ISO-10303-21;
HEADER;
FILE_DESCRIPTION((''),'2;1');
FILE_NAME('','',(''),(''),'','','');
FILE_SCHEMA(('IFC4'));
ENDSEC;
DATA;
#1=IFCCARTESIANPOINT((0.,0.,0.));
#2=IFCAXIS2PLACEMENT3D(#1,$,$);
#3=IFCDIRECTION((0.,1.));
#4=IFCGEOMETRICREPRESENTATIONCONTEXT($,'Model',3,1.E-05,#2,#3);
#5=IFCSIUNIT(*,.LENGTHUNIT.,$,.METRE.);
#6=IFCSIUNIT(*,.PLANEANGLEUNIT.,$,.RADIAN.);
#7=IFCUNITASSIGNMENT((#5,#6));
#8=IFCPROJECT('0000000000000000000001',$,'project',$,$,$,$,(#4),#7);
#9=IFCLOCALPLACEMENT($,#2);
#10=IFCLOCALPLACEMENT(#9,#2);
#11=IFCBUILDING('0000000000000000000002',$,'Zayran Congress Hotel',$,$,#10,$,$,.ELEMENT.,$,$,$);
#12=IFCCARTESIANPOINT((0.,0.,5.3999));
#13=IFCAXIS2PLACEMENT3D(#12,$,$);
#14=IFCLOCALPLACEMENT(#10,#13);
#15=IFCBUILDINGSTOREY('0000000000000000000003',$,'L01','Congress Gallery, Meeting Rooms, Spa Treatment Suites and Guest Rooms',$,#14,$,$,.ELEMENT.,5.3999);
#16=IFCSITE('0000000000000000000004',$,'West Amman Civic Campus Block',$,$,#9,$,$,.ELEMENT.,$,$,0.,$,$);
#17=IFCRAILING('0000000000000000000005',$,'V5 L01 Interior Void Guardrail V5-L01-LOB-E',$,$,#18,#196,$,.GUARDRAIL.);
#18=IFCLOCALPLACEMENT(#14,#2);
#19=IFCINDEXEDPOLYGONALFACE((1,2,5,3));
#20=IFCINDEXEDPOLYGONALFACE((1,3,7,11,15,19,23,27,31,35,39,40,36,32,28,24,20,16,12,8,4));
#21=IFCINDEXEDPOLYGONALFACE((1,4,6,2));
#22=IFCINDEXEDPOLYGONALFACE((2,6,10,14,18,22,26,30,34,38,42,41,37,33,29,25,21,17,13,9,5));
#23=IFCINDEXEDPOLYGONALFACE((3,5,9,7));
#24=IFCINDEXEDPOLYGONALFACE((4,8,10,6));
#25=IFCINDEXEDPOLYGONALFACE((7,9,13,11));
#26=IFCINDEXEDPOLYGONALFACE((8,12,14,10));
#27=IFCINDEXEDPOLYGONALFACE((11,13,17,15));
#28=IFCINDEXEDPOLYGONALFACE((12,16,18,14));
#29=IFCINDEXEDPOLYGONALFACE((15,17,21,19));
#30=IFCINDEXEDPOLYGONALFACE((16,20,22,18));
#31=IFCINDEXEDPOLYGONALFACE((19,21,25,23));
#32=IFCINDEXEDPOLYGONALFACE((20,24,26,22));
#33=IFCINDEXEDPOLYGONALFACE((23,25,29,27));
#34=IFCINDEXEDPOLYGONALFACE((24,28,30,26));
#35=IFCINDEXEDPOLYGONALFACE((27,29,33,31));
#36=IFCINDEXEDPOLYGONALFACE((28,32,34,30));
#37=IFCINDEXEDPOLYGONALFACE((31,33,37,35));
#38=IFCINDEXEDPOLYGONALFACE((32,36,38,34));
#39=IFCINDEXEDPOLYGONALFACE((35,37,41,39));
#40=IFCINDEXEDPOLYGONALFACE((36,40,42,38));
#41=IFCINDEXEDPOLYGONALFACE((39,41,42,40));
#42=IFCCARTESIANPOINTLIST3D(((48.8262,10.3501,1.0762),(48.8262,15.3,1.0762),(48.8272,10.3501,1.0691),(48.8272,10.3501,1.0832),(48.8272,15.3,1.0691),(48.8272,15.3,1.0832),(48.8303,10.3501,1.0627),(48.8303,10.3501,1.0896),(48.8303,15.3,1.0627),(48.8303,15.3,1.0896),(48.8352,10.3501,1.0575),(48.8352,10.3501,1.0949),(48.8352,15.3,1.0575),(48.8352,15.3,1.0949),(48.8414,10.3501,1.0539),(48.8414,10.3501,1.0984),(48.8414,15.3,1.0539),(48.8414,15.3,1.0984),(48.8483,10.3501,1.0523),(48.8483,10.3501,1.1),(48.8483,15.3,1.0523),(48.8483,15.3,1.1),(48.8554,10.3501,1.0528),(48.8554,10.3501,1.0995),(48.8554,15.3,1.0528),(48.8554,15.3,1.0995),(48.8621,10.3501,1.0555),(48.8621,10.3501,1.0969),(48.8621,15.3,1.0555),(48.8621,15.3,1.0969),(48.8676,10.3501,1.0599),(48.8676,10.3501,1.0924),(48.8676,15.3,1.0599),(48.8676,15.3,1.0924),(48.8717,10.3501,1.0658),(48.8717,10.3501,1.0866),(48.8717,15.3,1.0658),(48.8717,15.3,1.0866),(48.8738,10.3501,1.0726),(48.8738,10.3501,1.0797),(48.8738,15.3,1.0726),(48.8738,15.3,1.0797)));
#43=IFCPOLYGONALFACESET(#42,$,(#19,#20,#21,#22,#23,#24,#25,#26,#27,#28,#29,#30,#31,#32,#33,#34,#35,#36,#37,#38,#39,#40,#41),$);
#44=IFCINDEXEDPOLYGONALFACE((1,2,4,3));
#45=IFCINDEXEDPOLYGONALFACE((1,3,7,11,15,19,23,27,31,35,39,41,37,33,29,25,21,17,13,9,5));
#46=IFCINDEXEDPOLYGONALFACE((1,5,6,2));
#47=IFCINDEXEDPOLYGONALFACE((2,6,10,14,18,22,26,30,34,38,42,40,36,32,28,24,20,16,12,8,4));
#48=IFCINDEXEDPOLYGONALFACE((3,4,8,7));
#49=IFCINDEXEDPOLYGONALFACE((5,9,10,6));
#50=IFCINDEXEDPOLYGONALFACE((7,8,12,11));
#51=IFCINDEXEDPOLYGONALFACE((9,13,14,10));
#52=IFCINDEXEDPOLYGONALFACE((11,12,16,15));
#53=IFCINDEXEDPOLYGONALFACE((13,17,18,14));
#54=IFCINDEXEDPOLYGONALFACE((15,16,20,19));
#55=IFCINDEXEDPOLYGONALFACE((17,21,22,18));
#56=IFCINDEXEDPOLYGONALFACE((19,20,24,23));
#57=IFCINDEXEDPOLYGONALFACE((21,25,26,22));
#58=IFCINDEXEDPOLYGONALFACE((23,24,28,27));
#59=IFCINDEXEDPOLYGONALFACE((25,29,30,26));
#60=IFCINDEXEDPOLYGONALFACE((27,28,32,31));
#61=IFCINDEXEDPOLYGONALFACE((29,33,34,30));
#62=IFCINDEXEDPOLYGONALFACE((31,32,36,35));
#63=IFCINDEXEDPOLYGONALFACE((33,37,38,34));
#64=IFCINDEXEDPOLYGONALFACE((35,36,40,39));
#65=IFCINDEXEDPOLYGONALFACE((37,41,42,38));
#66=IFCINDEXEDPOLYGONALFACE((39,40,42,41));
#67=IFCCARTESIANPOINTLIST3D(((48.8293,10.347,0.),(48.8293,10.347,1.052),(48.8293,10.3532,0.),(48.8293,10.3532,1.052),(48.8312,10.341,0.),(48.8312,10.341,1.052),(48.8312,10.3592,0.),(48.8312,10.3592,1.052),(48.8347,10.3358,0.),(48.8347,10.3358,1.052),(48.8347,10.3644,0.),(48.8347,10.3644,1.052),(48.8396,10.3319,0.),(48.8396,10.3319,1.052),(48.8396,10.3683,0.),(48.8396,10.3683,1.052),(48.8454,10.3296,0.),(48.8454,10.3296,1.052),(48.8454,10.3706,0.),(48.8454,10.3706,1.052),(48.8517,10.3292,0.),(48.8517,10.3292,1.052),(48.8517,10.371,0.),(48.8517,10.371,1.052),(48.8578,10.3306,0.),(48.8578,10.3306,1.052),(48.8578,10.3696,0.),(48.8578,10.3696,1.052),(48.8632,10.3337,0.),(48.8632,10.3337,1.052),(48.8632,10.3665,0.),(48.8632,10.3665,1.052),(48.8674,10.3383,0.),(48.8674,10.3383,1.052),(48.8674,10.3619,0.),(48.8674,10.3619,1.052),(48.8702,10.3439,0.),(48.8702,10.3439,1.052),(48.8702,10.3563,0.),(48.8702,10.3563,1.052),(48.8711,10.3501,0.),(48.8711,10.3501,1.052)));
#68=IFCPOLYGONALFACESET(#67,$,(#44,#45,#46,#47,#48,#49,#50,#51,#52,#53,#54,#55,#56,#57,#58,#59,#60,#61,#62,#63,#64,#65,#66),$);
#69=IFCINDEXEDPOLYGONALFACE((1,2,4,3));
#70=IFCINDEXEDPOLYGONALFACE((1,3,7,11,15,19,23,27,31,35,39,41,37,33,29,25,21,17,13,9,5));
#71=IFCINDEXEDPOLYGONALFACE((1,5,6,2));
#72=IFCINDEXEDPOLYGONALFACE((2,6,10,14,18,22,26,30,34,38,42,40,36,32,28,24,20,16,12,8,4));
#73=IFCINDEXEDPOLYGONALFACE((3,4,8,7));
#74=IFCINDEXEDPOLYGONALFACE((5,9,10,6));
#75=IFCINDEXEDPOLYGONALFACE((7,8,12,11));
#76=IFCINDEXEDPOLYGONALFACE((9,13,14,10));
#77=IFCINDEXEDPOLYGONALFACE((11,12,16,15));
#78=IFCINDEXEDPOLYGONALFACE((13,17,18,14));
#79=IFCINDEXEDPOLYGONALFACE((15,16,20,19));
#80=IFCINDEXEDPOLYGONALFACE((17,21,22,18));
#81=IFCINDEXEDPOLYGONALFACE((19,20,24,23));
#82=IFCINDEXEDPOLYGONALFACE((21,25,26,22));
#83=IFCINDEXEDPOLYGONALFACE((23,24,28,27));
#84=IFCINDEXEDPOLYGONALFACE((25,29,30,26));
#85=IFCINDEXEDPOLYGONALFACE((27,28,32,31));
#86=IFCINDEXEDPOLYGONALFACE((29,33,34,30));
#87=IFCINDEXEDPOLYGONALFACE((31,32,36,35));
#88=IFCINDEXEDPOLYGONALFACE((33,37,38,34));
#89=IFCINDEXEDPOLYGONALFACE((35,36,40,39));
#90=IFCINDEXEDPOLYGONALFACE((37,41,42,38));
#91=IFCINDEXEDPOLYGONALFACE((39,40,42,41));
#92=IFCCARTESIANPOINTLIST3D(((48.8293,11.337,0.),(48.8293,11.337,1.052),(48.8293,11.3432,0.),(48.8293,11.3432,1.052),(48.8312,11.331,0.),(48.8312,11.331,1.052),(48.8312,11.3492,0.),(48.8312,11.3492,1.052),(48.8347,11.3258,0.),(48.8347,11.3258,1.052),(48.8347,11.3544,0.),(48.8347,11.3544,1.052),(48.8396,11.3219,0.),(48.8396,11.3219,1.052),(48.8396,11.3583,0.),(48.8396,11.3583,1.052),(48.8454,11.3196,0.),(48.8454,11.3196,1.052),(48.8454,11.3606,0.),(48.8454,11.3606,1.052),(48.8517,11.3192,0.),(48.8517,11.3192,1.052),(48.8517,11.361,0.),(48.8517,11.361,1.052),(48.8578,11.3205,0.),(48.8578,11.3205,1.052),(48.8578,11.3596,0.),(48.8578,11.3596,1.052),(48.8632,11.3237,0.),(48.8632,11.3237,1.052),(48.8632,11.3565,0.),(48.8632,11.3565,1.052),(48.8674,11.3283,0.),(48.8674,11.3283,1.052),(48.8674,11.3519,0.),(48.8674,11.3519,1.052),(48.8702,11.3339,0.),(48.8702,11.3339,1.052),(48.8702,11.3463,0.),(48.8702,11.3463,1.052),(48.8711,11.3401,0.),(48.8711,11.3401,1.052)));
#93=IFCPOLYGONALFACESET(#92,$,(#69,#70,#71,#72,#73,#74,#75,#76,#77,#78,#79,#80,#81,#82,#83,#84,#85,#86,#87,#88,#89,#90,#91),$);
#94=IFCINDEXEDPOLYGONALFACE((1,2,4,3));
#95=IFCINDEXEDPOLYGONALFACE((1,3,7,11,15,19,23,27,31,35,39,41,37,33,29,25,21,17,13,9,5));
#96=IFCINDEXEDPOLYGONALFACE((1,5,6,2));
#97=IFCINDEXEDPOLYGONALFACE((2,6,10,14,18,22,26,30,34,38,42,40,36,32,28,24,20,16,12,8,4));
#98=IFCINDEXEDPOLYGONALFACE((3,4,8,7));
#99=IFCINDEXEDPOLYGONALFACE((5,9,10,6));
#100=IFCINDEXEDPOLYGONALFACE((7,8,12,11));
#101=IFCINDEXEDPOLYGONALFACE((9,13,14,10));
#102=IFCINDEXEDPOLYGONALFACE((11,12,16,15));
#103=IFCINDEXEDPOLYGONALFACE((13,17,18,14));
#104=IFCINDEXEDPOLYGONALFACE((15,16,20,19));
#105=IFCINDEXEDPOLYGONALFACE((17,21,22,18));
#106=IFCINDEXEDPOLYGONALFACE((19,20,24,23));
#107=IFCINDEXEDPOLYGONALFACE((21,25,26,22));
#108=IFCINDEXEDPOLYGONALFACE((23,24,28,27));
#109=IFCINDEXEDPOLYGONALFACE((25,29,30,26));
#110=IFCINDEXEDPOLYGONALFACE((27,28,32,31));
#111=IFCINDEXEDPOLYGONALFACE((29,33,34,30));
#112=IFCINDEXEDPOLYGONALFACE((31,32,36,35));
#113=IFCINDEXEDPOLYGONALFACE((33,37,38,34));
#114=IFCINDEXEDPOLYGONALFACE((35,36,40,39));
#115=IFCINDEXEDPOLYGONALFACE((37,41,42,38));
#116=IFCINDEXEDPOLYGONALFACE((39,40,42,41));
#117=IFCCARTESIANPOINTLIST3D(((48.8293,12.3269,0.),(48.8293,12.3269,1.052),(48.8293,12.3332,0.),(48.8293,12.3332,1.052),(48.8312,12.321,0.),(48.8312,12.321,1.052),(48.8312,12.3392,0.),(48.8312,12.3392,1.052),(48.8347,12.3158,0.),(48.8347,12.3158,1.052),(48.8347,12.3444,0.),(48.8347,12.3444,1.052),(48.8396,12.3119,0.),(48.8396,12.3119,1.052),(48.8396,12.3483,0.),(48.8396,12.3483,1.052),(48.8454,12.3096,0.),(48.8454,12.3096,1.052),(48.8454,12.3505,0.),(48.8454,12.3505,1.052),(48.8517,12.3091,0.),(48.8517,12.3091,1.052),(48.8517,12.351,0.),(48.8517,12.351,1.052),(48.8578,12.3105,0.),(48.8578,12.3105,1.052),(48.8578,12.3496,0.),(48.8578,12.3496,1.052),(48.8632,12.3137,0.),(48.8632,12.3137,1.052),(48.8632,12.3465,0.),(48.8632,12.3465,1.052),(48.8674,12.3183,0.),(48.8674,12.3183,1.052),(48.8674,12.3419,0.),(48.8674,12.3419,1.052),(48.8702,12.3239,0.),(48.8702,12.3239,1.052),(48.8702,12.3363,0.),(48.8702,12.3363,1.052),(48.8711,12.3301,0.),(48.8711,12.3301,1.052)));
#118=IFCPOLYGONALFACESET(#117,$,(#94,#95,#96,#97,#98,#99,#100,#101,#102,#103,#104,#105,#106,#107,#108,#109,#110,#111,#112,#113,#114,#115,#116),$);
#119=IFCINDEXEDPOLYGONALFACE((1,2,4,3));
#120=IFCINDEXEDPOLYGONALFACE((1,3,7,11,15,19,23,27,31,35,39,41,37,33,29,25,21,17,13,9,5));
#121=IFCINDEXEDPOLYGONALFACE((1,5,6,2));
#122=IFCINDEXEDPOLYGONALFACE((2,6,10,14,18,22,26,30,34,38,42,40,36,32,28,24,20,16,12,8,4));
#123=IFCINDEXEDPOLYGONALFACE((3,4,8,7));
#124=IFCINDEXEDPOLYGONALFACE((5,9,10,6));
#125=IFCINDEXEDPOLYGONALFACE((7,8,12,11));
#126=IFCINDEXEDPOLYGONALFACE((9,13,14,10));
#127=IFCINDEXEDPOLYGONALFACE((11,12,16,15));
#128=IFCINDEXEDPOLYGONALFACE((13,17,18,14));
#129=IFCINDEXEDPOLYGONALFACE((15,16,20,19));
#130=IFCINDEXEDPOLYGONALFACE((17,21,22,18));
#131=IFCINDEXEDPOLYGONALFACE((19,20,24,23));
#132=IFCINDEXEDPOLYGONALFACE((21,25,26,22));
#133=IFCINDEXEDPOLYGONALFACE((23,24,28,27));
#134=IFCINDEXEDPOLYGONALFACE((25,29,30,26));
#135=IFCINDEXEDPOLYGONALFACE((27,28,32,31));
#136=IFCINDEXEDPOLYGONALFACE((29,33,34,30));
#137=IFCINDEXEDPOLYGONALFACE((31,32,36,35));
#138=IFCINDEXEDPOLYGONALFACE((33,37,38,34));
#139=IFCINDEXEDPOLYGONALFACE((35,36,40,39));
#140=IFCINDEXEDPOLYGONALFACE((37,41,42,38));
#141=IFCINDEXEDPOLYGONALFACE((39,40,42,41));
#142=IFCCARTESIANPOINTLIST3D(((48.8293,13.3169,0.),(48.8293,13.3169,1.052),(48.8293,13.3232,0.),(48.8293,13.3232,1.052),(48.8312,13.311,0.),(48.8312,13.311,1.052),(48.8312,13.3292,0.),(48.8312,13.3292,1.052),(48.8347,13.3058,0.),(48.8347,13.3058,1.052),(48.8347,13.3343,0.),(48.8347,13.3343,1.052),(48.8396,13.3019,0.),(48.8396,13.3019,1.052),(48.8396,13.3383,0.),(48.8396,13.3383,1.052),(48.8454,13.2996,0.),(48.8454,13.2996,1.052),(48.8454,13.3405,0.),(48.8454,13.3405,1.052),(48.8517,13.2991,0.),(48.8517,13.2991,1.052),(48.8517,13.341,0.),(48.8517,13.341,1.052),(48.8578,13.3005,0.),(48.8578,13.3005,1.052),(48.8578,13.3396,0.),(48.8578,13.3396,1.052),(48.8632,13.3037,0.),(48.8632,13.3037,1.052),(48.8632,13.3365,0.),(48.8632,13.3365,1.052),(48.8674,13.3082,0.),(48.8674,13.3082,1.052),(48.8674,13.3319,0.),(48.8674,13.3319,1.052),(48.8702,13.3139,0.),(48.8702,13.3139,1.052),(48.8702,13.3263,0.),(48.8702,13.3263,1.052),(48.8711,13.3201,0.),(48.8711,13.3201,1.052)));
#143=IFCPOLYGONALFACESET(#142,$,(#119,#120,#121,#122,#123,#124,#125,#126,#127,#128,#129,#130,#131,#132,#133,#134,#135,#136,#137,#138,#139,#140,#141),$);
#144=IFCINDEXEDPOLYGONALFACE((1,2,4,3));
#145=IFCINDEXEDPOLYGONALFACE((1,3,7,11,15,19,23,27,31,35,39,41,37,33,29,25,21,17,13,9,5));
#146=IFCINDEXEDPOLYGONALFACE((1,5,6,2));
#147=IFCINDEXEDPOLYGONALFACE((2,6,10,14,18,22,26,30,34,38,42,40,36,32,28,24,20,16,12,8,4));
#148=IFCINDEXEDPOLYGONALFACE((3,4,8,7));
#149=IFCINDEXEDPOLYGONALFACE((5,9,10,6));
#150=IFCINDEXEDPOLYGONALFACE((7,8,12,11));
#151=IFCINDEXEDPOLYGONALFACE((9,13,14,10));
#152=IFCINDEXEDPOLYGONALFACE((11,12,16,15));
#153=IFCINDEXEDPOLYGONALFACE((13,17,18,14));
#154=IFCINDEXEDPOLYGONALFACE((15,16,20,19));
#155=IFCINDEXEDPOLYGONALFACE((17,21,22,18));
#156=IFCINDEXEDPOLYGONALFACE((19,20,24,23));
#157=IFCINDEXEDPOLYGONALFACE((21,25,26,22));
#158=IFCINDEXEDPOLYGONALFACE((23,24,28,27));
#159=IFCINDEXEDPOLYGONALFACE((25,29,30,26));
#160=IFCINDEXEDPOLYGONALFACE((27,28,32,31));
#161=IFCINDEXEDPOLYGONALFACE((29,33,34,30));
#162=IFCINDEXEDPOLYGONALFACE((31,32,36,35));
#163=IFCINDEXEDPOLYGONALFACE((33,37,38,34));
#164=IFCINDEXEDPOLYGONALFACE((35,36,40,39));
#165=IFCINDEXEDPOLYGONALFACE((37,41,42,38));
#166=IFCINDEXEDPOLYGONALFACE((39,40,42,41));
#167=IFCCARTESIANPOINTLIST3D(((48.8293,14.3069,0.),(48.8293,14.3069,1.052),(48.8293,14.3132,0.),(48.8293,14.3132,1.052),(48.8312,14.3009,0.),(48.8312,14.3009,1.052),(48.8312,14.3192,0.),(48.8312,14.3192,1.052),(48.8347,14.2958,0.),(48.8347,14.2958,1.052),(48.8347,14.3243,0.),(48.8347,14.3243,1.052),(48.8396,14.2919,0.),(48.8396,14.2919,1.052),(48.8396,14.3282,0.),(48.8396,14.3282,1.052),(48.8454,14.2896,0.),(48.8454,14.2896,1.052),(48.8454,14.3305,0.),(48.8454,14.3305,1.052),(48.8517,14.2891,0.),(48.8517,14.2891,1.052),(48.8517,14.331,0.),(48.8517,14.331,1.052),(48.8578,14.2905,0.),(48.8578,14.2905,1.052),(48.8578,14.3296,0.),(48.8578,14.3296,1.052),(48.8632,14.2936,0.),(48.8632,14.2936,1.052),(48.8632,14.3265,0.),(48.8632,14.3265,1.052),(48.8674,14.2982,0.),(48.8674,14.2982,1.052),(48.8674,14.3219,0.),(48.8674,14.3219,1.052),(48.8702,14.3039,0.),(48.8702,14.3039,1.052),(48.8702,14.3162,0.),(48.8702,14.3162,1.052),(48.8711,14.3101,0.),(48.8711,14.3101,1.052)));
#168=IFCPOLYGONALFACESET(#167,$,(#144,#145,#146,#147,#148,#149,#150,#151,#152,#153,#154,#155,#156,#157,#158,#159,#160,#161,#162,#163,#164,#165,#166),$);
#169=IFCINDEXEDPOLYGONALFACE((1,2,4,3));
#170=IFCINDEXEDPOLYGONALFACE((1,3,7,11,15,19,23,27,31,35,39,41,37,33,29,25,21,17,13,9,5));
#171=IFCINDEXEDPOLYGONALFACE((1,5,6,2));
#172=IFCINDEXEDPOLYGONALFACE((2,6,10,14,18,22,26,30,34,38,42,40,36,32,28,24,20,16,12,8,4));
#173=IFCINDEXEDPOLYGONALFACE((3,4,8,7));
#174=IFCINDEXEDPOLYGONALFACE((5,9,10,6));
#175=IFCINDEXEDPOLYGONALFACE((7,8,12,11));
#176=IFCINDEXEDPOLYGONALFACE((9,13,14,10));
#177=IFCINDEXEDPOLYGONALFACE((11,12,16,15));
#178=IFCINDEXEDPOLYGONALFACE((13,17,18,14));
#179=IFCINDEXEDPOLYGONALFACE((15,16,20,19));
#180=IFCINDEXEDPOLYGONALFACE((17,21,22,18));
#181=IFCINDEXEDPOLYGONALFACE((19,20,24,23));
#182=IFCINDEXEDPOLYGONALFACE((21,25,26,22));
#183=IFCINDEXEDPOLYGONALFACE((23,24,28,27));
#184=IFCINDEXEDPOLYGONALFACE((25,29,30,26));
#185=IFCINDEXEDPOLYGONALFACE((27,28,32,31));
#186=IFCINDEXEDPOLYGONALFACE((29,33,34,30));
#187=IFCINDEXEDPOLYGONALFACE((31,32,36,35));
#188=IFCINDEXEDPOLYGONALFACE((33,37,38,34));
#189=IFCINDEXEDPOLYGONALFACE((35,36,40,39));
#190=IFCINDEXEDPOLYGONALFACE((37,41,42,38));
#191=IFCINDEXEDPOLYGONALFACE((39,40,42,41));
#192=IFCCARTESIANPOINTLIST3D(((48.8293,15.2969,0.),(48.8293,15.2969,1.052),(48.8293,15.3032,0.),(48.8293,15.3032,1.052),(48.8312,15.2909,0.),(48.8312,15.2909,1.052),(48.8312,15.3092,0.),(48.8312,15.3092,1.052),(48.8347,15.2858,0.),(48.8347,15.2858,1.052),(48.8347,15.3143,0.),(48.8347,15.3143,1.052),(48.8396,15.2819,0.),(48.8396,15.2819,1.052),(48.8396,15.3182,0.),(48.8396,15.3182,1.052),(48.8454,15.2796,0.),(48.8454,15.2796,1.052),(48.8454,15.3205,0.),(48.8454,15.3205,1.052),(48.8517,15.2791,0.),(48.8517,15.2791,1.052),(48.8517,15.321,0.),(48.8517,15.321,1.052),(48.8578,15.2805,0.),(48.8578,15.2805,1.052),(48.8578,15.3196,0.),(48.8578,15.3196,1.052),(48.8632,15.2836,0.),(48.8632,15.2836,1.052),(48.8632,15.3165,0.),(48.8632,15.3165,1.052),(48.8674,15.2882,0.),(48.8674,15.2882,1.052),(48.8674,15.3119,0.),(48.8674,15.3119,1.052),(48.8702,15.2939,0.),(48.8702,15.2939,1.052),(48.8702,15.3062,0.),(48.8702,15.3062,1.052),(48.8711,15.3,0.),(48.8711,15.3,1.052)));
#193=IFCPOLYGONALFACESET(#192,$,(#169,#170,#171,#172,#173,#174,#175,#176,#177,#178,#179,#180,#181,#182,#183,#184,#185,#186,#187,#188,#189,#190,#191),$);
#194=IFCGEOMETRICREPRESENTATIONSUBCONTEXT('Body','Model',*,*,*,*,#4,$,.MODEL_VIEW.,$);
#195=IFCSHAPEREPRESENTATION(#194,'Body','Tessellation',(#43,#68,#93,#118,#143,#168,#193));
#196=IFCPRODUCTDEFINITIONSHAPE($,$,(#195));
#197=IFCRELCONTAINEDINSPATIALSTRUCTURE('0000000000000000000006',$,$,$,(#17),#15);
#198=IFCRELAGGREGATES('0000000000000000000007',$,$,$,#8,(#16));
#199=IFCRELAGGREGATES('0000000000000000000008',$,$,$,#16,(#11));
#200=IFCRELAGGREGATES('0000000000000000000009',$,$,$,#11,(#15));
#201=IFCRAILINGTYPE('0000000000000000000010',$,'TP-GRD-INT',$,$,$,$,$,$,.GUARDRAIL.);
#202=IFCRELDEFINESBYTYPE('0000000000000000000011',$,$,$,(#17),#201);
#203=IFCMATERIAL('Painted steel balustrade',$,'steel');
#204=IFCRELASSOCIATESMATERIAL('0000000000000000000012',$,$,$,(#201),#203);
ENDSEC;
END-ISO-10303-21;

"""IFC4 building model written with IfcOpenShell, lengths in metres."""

from ifc_helpers import new_model, si_unit, direction, frame, origin, origin_2d, place, context, subcontext, project, spatial, circle, extrude, material, type_object, element, save


model = new_model("IFC4")

# Units and contexts
model_context = context("Model", 3, precision=1e-05, world=origin(), true_north=direction((0.0, 1.0)))
body_context = subcontext(model_context, "Body", "Model", "MODEL_VIEW")
ifc_project = project(units=[si_unit("LENGTHUNIT", "METRE"), si_unit("PLANEANGLEUNIT", "RADIAN")], contexts=[model_context])

# Site, building, storey
site_placement = place(None, origin())
site = spatial("IfcSite", under=ifc_project, at=site_placement, Name="West Amman Civic Campus Block", CompositionType="ELEMENT", RefElevation=0.0)
building_placement = place(site_placement, origin())
building = spatial("IfcBuilding", under=site, at=building_placement, Name="Zayran Congress Hotel", CompositionType="ELEMENT")
storey_placement = place(building_placement, frame((0.0, 0.0, 5.3999)))
storey = spatial("IfcBuildingStorey", under=building, at=storey_placement, Name="L01", Description="Congress Gallery, Meeting Rooms, Spa Treatment Suites and Guest Rooms", CompositionType="ELEMENT", Elevation=5.3999)

# Railing
ifc_material_1 = material(Name="Painted steel balustrade", Category="steel")
railing_type = type_object("IfcRailingType", Name="TP-GRD-INT", PredefinedType="GUARDRAIL", material=ifc_material_1)
railing_1_placement = place(storey_placement, frame((48.8501, 10.3501, 0.0)))
element("IfcRailing", 1, at=railing_1_placement, inside=storey, type_object=railing_type, Name="V5 L01 Interior Void Guardrail V5-L01-LOB-E", PredefinedType="GUARDRAIL", context=body_context, shape_type="SweptSolid", body=[
    extrude(circle(Radius=0.0239, at=origin_2d()), frame((0.0, 0.0, 1.0762), z_axis=(0.0, 1.0, 0.0), x_axis=(-1.0, 0.0, 0.0)), (0.0, 0.0, 1.0), 4.95),
    extrude(circle(Radius=0.021, at=origin_2d()), origin(), (0.0, 0.0, 1.0), 1.052),
    extrude(circle(Radius=0.021, at=origin_2d()), frame((0.0, 0.99, 0.0)), (0.0, 0.0, 1.0), 1.052),
    extrude(circle(Radius=0.021, at=origin_2d()), frame((0.0, 1.98, 0.0)), (0.0, 0.0, 1.0), 1.052),
    extrude(circle(Radius=0.021, at=origin_2d()), frame((0.0, 2.97, 0.0)), (0.0, 0.0, 1.0), 1.052),
    extrude(circle(Radius=0.021, at=origin_2d()), frame((0.0, 3.96, 0.0)), (0.0, 0.0, 1.0), 1.052),
    extrude(circle(Radius=0.021, at=origin_2d()), frame((0.0, 4.95, 0.0)), (0.0, 0.0, 1.0), 1.052),
])

save(model, "model.ifc")
